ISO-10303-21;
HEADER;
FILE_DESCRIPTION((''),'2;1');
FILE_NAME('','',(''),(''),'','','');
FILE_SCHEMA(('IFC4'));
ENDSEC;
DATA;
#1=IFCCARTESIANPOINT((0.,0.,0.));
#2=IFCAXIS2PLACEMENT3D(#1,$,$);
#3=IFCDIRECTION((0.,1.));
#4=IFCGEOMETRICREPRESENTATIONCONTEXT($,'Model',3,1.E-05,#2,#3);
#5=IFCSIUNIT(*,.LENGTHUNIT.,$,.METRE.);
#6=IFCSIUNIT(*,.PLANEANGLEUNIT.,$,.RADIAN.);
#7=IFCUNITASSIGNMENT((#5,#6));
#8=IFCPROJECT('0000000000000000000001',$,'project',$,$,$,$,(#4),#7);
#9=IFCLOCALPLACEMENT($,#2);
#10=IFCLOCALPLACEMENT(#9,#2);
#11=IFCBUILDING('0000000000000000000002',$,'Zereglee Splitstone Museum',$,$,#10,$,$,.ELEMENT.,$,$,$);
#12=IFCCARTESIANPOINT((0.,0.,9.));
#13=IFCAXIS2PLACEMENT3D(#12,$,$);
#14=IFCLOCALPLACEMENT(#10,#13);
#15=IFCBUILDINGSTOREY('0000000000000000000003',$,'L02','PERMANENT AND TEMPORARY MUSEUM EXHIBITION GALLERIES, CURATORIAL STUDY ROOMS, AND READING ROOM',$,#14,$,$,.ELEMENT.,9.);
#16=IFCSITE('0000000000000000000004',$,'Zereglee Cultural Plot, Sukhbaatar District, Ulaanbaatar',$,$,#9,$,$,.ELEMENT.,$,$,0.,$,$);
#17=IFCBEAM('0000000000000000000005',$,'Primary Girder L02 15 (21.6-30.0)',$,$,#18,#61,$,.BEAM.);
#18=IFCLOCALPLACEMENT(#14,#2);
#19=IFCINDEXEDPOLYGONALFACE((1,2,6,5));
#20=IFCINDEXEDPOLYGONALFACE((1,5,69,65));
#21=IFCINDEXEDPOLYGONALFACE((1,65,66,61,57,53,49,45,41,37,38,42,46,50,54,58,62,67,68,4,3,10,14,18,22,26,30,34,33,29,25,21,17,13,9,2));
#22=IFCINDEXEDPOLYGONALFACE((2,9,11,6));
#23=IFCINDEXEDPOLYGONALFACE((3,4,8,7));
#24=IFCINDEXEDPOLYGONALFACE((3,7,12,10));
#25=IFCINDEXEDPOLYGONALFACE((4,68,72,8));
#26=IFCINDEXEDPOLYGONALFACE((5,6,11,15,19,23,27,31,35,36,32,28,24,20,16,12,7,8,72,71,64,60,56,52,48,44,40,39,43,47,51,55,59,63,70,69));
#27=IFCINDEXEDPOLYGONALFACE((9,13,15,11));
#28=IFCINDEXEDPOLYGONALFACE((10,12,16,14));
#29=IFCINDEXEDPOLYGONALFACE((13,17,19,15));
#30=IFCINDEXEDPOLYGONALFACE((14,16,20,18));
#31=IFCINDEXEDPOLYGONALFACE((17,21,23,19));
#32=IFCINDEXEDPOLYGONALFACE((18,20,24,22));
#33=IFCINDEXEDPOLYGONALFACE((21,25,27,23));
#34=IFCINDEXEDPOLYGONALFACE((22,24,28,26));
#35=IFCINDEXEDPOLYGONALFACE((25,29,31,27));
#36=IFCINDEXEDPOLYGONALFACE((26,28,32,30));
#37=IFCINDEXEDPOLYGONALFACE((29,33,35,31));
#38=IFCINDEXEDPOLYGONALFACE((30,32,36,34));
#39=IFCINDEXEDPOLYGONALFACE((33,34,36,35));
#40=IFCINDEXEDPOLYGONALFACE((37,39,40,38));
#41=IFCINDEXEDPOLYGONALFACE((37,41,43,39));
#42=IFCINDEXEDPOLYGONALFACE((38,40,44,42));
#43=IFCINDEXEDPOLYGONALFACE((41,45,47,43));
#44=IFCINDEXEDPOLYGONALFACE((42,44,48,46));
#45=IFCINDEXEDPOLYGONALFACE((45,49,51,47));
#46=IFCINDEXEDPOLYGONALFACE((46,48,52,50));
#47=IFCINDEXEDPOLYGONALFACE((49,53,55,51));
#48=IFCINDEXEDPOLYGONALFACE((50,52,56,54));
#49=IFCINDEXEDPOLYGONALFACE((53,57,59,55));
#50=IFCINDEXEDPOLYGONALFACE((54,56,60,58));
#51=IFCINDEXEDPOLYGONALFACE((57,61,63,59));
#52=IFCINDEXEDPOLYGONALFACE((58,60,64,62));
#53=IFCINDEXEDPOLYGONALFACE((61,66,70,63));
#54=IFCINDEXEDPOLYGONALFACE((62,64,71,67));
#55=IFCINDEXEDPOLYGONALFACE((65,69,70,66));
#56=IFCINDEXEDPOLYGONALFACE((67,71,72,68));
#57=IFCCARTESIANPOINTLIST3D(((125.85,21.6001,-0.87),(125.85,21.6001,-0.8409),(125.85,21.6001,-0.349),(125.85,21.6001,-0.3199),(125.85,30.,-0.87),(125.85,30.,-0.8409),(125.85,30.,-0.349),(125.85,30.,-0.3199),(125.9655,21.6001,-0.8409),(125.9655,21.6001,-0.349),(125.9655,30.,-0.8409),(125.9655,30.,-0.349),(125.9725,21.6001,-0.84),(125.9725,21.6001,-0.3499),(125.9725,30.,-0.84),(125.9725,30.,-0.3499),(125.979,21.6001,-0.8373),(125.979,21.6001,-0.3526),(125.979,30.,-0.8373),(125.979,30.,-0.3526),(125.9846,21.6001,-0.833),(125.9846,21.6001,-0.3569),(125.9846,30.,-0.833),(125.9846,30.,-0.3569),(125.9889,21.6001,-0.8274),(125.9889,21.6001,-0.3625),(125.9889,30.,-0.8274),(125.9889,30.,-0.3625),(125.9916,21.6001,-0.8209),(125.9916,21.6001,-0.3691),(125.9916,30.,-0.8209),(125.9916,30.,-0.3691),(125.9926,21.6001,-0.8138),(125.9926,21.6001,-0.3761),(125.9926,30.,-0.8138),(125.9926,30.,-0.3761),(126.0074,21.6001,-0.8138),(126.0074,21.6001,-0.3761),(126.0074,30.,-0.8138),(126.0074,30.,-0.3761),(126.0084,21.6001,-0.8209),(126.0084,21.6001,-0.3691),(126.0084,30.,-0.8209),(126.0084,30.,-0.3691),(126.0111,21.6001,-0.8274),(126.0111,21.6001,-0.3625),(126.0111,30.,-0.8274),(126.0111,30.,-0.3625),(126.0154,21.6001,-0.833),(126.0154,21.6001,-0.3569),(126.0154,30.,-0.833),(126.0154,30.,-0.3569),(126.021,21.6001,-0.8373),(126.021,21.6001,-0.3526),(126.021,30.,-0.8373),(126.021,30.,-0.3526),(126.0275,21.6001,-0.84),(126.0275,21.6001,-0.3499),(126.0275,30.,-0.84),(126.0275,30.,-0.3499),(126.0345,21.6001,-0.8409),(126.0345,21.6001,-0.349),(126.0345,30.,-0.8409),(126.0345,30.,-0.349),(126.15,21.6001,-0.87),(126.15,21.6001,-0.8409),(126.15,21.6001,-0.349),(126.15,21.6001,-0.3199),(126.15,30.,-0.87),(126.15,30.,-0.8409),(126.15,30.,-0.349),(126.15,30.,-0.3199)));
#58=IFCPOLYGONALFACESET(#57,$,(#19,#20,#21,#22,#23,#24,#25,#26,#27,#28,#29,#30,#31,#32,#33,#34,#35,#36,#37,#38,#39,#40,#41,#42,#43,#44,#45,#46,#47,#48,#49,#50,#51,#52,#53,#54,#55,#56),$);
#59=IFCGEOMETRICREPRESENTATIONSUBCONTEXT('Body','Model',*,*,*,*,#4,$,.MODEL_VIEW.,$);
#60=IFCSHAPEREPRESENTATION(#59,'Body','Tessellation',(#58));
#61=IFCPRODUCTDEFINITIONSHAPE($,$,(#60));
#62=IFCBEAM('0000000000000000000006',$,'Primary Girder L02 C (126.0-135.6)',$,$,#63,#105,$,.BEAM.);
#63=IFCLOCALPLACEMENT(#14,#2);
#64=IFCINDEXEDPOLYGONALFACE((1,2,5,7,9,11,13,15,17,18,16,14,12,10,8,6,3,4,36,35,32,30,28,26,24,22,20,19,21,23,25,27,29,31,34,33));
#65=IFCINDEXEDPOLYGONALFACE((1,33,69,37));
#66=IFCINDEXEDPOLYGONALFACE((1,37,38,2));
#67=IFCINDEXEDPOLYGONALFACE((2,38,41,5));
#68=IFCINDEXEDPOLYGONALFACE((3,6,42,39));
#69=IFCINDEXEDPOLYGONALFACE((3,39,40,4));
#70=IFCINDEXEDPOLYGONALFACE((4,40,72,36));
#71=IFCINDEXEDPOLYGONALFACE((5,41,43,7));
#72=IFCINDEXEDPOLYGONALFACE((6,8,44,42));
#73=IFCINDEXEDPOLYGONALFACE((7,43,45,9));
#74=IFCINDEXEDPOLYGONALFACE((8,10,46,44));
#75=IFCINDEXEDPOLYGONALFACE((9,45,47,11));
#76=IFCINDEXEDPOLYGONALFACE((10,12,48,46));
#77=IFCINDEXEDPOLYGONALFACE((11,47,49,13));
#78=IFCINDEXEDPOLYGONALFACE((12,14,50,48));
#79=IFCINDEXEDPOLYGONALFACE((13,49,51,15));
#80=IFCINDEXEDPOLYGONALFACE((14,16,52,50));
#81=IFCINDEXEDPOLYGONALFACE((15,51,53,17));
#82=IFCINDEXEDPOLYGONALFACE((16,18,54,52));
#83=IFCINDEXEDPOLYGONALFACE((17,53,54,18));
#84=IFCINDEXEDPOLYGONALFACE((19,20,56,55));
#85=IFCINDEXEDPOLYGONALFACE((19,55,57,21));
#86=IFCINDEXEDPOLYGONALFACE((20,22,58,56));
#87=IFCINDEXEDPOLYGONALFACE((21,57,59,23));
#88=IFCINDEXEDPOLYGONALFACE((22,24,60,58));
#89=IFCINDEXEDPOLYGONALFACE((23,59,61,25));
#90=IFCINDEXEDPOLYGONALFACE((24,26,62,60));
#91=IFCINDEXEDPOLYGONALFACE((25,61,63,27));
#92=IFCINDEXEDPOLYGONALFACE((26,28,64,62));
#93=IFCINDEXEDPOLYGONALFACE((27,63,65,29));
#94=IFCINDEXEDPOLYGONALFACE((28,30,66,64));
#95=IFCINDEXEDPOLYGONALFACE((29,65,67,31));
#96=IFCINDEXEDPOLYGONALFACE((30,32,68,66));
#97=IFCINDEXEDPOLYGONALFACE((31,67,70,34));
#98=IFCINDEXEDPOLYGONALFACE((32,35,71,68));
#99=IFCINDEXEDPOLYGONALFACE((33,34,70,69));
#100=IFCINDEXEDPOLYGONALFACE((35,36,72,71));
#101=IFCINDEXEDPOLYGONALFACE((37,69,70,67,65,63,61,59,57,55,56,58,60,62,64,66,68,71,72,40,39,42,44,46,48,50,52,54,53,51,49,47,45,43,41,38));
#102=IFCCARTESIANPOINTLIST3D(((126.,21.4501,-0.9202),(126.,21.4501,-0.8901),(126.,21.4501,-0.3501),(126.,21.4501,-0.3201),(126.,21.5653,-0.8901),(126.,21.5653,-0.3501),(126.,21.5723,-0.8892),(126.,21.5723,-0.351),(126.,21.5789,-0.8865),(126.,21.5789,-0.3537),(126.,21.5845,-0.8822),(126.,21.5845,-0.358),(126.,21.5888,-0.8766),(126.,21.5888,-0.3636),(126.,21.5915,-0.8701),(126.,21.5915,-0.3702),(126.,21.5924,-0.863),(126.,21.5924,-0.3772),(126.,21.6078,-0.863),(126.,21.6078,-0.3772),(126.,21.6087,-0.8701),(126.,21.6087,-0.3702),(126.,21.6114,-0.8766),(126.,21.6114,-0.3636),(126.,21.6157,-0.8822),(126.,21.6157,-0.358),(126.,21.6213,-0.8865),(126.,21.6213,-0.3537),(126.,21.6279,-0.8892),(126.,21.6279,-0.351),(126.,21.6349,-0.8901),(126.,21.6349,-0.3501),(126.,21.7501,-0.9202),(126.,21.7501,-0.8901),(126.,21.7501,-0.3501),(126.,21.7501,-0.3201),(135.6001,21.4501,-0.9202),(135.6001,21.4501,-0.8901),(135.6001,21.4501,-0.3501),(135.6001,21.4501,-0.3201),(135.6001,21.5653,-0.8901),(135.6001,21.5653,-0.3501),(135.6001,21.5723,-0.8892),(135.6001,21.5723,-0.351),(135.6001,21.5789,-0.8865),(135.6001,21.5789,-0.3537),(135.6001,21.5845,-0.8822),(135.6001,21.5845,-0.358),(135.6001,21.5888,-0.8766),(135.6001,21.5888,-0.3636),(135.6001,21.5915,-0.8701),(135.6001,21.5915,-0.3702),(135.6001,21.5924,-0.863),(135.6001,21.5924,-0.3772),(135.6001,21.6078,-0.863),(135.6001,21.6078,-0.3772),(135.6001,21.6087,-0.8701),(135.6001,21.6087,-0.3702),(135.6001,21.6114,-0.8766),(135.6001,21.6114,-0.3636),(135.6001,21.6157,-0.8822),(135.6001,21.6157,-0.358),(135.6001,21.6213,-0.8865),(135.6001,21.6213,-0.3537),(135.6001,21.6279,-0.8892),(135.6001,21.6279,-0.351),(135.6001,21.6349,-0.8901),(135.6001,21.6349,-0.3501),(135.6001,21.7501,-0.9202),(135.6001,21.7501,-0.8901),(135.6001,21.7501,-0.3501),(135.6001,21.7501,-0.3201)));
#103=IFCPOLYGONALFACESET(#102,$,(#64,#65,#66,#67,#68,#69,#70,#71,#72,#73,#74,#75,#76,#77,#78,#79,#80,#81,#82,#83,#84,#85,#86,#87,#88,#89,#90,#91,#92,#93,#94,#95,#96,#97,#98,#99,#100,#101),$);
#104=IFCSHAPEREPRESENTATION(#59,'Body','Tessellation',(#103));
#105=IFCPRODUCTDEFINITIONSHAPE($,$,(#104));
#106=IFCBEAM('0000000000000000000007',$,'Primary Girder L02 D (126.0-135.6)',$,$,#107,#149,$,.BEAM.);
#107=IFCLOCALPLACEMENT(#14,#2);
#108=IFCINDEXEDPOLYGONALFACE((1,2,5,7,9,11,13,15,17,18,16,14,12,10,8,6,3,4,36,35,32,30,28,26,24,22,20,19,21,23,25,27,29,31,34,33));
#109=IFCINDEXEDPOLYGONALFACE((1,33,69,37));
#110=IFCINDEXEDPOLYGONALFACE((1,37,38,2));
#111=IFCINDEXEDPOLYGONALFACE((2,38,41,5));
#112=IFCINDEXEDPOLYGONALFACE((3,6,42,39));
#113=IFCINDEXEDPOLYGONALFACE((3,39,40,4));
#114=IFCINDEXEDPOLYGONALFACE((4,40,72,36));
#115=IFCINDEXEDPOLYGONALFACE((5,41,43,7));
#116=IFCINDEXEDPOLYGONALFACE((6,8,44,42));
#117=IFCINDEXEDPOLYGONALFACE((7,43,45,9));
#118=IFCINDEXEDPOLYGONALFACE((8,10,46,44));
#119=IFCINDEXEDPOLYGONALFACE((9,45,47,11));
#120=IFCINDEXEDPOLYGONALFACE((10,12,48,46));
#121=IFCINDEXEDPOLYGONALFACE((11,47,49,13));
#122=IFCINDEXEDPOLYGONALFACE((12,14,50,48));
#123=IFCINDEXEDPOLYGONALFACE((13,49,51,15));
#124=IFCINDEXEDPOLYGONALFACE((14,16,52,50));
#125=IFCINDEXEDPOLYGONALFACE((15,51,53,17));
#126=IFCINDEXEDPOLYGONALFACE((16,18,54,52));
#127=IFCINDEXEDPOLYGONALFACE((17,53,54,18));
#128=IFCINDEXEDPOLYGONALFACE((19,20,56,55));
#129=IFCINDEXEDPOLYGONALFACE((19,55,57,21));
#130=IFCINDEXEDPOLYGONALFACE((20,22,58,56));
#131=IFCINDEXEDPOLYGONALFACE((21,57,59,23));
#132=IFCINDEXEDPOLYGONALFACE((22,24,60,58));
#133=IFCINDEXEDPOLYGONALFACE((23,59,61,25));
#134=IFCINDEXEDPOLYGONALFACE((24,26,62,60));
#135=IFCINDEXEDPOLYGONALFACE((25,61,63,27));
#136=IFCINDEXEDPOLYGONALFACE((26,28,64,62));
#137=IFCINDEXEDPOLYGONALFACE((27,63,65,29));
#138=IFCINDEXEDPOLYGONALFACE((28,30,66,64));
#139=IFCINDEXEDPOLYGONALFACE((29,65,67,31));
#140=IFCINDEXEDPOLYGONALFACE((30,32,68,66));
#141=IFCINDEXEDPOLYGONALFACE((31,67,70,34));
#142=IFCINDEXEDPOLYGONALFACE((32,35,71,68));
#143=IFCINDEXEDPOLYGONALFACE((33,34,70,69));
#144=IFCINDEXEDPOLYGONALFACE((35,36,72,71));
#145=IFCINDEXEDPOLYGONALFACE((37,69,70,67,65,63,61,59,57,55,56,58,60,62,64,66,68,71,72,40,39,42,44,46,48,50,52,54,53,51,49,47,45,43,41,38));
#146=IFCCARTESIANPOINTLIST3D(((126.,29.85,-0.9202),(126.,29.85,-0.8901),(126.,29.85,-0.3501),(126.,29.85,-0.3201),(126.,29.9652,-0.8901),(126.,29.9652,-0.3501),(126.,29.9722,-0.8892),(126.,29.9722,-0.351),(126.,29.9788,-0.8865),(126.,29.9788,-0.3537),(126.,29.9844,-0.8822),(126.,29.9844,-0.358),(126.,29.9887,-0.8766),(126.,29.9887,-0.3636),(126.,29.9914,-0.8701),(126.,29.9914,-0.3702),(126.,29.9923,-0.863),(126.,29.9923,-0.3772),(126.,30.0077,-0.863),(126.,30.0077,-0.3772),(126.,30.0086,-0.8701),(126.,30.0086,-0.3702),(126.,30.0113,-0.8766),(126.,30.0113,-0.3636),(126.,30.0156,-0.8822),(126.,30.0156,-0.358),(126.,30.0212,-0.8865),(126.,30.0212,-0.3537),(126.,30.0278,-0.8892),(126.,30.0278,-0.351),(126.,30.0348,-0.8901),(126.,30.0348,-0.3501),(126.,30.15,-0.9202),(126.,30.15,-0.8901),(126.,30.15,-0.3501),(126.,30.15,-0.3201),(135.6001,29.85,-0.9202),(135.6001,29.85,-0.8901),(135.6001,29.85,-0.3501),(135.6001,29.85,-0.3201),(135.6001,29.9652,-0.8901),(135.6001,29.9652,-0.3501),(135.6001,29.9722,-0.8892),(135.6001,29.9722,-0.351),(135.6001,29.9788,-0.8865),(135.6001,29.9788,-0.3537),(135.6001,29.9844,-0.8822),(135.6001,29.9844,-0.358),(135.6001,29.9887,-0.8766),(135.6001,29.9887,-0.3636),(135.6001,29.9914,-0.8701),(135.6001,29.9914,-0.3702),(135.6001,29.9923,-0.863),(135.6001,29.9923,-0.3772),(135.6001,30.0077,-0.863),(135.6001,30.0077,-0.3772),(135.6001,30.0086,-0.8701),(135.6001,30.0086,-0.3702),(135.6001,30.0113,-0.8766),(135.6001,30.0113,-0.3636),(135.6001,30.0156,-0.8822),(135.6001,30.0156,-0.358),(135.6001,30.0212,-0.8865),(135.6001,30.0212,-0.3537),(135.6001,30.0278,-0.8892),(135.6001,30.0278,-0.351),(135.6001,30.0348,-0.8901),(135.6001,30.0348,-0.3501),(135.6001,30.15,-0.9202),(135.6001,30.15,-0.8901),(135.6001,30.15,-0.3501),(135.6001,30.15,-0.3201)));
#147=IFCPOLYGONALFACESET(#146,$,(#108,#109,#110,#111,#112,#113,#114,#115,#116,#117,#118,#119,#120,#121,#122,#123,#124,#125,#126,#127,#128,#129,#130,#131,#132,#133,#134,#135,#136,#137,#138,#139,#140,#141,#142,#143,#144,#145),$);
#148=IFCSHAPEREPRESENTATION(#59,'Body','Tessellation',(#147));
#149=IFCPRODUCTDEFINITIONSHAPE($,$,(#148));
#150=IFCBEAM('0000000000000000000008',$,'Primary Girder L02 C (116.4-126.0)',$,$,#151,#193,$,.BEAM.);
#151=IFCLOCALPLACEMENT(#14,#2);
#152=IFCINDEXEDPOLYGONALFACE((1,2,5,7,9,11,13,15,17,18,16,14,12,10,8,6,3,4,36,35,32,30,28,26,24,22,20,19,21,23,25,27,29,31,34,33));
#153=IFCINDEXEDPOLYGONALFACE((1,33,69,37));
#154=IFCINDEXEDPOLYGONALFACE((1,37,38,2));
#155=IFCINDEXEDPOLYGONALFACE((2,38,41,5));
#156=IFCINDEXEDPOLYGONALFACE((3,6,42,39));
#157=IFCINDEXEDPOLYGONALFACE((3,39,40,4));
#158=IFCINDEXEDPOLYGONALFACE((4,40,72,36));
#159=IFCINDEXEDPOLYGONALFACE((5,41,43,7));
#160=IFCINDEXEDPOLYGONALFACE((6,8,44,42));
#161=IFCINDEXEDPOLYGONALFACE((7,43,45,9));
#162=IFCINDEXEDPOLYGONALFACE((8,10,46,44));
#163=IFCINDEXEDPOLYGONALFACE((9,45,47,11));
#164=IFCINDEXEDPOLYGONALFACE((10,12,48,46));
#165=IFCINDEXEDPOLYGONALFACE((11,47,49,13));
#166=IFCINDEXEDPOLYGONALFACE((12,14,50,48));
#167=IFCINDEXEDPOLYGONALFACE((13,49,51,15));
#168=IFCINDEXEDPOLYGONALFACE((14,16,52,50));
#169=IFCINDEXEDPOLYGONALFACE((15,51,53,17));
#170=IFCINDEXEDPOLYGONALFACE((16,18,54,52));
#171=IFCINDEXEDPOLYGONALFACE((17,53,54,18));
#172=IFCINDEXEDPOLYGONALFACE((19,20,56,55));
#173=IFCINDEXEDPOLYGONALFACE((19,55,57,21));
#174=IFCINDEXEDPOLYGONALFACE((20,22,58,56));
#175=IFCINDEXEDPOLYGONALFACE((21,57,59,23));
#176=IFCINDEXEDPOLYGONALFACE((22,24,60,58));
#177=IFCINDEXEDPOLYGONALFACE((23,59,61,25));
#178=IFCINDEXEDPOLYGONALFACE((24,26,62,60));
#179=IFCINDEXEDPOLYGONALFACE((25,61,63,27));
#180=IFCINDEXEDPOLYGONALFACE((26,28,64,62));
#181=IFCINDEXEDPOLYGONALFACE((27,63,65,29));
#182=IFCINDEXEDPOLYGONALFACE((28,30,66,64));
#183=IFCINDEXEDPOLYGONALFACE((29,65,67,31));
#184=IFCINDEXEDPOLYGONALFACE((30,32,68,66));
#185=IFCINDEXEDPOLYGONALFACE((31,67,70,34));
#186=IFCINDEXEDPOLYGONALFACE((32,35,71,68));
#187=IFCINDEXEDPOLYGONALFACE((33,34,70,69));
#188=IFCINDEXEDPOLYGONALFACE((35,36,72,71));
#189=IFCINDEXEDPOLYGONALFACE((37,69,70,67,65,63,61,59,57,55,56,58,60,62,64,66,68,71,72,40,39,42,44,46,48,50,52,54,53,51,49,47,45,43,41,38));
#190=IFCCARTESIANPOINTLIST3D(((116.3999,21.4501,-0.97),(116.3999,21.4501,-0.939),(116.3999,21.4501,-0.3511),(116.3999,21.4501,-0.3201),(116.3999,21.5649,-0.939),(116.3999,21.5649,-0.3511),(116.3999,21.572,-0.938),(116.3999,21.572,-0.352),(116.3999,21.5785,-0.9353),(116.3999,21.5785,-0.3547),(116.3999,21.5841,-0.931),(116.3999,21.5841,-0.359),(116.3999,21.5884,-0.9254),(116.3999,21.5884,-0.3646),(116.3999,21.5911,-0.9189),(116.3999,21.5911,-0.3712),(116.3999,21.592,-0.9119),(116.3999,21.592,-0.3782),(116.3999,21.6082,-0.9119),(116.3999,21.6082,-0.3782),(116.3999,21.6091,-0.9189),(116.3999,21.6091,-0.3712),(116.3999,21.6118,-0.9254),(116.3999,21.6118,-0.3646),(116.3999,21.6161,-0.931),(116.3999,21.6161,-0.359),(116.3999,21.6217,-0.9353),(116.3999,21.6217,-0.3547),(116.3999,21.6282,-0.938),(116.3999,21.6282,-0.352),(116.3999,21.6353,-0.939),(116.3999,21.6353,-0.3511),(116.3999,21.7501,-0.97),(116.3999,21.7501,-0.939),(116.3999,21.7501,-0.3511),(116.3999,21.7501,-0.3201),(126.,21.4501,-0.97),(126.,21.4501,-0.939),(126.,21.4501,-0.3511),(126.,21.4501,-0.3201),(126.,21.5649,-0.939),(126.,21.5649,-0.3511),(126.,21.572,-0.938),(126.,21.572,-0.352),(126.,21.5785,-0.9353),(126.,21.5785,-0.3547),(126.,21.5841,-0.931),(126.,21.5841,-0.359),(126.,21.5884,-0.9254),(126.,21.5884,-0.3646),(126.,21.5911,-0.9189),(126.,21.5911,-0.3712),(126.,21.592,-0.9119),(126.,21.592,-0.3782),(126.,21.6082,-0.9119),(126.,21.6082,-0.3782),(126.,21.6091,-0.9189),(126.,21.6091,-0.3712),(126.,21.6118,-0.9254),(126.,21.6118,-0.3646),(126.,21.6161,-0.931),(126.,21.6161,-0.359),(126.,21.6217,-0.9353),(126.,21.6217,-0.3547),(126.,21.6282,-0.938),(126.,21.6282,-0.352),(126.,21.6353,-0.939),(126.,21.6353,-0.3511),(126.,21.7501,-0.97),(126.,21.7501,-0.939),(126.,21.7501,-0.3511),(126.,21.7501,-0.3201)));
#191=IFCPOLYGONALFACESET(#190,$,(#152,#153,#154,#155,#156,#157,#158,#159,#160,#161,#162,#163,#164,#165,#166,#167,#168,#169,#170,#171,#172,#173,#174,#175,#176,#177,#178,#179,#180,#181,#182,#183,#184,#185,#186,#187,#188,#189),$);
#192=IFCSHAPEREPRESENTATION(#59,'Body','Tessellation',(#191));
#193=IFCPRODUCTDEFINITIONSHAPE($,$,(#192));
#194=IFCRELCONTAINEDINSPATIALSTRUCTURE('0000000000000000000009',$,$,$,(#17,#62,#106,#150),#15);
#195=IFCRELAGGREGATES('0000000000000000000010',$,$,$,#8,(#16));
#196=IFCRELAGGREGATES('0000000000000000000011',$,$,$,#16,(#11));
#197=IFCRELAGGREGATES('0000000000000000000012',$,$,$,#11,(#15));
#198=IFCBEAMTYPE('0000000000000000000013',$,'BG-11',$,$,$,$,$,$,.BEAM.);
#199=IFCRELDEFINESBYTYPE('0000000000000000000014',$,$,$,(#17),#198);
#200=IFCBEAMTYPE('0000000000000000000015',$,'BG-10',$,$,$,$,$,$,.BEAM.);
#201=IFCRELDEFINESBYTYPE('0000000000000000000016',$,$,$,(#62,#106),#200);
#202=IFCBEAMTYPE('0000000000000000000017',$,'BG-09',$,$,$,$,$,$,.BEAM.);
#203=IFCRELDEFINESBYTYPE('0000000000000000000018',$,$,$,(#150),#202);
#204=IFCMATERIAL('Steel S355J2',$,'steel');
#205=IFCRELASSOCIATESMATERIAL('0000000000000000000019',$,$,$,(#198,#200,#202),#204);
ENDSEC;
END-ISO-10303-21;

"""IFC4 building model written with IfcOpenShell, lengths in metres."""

from ifc_helpers import new_model, si_unit, direction, frame, origin, origin_2d, place, context, subcontext, project, spatial, i_section, extrude, material, material_profile, profile_set, type_object, element, save


model = new_model("IFC4")

# Units and contexts
model_context = context("Model", 3, precision=1e-05, world=origin(), true_north=direction((0.0, 1.0)))
body_context = subcontext(model_context, "Body", "Model", "MODEL_VIEW")
ifc_project = project(units=[si_unit("LENGTHUNIT", "METRE"), si_unit("PLANEANGLEUNIT", "RADIAN")], contexts=[model_context])

# Site, building, storey
site_placement = place(None, origin())
site = spatial("IfcSite", under=ifc_project, at=site_placement, Name="Zereglee Cultural Plot, Sukhbaatar District, Ulaanbaatar", CompositionType="ELEMENT", RefElevation=0.0)
building_placement = place(site_placement, origin())
building = spatial("IfcBuilding", under=site, at=building_placement, Name="Zereglee Splitstone Museum", CompositionType="ELEMENT")
storey_placement = place(building_placement, frame((0.0, 0.0, 9.0)))
storey = spatial("IfcBuildingStorey", under=building, at=storey_placement, Name="L02", Description="PERMANENT AND TEMPORARY MUSEUM EXHIBITION GALLERIES, CURATORIAL STUDY ROOMS, AND READING ROOM", CompositionType="ELEMENT", Elevation=9.0)

# Shared definitions
ifc_material_1 = material(Name="Steel S355J2", Category="steel")

# Beams
ifc_material_profile_1 = material_profile(ifc_material_1, i_section(OverallWidth=0.3, OverallDepth=0.55, WebThickness=0.0149, FlangeThickness=0.0291, FilletRadius=0.0271, at=origin_2d()), Name="HE 550 B")
ifc_profile_set_1 = profile_set([ifc_material_profile_1], Name="Steel S355J2")
beam_type_1 = type_object("IfcBeamType", Name="BG-11", PredefinedType="BEAM", material=ifc_profile_set_1)
beam_1_placement = place(storey_placement, frame((126.0, 21.6001, -0.595), z_axis=(0.0, 1.0, 0.0), x_axis=(-1.0, 0.0, 0.0)))
element("IfcBeam", 1, at=beam_1_placement, inside=storey, type_object=beam_type_1, Name="Primary Girder L02 15 (21.6-30.0)", PredefinedType="BEAM", context=body_context, shape_type="SweptSolid", body=[
    extrude(i_section(OverallWidth=0.3, OverallDepth=0.55, WebThickness=0.0149, FlangeThickness=0.0291, FilletRadius=0.0271, at=origin_2d()), origin(), (0.0, 0.0, 1.0), 8.3999),
])
ifc_material_profile_2 = material_profile(ifc_material_1, i_section(OverallWidth=0.3, OverallDepth=0.6001, WebThickness=0.0154, FlangeThickness=0.03, FilletRadius=0.0271, at=origin_2d()), Name="HE 600 B")
ifc_profile_set_2 = profile_set([ifc_material_profile_2], Name="Steel S355J2")
beam_type_2 = type_object("IfcBeamType", Name="BG-10", PredefinedType="BEAM", material=ifc_profile_set_2)
for number, where, z_axis, x_axis, name in (
    (2, (126.0, 21.6001, -0.6201), (1.0, 0.0, 0.0), (0.0, 1.0, 0.0), "Primary Girder L02 C (126.0-135.6)"),
    (3, (126.0, 30.0, -0.6201), (1.0, 0.0, 0.0), (0.0, 1.0, 0.0), "Primary Girder L02 D (126.0-135.6)"),
):
    element("IfcBeam", number, at=place(storey_placement, frame(where, z_axis=z_axis, x_axis=x_axis)), inside=storey, type_object=beam_type_2, Name=name, PredefinedType="BEAM", context=body_context, shape_type="SweptSolid", body=[
        extrude(i_section(OverallWidth=0.3, OverallDepth=0.6001, WebThickness=0.0154, FlangeThickness=0.03, FilletRadius=0.0271, at=origin_2d()), origin(), (0.0, 0.0, 1.0), 9.6001),
    ])
ifc_material_profile_3 = material_profile(ifc_material_1, i_section(OverallWidth=0.3, OverallDepth=0.6499, WebThickness=0.0161, FlangeThickness=0.031, FilletRadius=0.0271, at=origin_2d()), Name="HE 650 B")
ifc_profile_set_3 = profile_set([ifc_material_profile_3], Name="Steel S355J2")
beam_type_3 = type_object("IfcBeamType", Name="BG-09", PredefinedType="BEAM", material=ifc_profile_set_3)
for number, where, z_axis, x_axis, name in (
    (4, (116.3999, 21.6001, -0.645), (1.0, 0.0, 0.0), (0.0, 1.0, 0.0), "Primary Girder L02 C (116.4-126.0)"),
):
    element("IfcBeam", number, at=place(storey_placement, frame(where, z_axis=z_axis, x_axis=x_axis)), inside=storey, type_object=beam_type_3, Name=name, PredefinedType="BEAM", context=body_context, shape_type="SweptSolid", body=[
        extrude(i_section(OverallWidth=0.3, OverallDepth=0.6499, WebThickness=0.0161, FlangeThickness=0.031, FilletRadius=0.0271, at=origin_2d()), origin(), (0.0, 0.0, 1.0), 9.6001),
    ])

save(model, "model.ifc")
